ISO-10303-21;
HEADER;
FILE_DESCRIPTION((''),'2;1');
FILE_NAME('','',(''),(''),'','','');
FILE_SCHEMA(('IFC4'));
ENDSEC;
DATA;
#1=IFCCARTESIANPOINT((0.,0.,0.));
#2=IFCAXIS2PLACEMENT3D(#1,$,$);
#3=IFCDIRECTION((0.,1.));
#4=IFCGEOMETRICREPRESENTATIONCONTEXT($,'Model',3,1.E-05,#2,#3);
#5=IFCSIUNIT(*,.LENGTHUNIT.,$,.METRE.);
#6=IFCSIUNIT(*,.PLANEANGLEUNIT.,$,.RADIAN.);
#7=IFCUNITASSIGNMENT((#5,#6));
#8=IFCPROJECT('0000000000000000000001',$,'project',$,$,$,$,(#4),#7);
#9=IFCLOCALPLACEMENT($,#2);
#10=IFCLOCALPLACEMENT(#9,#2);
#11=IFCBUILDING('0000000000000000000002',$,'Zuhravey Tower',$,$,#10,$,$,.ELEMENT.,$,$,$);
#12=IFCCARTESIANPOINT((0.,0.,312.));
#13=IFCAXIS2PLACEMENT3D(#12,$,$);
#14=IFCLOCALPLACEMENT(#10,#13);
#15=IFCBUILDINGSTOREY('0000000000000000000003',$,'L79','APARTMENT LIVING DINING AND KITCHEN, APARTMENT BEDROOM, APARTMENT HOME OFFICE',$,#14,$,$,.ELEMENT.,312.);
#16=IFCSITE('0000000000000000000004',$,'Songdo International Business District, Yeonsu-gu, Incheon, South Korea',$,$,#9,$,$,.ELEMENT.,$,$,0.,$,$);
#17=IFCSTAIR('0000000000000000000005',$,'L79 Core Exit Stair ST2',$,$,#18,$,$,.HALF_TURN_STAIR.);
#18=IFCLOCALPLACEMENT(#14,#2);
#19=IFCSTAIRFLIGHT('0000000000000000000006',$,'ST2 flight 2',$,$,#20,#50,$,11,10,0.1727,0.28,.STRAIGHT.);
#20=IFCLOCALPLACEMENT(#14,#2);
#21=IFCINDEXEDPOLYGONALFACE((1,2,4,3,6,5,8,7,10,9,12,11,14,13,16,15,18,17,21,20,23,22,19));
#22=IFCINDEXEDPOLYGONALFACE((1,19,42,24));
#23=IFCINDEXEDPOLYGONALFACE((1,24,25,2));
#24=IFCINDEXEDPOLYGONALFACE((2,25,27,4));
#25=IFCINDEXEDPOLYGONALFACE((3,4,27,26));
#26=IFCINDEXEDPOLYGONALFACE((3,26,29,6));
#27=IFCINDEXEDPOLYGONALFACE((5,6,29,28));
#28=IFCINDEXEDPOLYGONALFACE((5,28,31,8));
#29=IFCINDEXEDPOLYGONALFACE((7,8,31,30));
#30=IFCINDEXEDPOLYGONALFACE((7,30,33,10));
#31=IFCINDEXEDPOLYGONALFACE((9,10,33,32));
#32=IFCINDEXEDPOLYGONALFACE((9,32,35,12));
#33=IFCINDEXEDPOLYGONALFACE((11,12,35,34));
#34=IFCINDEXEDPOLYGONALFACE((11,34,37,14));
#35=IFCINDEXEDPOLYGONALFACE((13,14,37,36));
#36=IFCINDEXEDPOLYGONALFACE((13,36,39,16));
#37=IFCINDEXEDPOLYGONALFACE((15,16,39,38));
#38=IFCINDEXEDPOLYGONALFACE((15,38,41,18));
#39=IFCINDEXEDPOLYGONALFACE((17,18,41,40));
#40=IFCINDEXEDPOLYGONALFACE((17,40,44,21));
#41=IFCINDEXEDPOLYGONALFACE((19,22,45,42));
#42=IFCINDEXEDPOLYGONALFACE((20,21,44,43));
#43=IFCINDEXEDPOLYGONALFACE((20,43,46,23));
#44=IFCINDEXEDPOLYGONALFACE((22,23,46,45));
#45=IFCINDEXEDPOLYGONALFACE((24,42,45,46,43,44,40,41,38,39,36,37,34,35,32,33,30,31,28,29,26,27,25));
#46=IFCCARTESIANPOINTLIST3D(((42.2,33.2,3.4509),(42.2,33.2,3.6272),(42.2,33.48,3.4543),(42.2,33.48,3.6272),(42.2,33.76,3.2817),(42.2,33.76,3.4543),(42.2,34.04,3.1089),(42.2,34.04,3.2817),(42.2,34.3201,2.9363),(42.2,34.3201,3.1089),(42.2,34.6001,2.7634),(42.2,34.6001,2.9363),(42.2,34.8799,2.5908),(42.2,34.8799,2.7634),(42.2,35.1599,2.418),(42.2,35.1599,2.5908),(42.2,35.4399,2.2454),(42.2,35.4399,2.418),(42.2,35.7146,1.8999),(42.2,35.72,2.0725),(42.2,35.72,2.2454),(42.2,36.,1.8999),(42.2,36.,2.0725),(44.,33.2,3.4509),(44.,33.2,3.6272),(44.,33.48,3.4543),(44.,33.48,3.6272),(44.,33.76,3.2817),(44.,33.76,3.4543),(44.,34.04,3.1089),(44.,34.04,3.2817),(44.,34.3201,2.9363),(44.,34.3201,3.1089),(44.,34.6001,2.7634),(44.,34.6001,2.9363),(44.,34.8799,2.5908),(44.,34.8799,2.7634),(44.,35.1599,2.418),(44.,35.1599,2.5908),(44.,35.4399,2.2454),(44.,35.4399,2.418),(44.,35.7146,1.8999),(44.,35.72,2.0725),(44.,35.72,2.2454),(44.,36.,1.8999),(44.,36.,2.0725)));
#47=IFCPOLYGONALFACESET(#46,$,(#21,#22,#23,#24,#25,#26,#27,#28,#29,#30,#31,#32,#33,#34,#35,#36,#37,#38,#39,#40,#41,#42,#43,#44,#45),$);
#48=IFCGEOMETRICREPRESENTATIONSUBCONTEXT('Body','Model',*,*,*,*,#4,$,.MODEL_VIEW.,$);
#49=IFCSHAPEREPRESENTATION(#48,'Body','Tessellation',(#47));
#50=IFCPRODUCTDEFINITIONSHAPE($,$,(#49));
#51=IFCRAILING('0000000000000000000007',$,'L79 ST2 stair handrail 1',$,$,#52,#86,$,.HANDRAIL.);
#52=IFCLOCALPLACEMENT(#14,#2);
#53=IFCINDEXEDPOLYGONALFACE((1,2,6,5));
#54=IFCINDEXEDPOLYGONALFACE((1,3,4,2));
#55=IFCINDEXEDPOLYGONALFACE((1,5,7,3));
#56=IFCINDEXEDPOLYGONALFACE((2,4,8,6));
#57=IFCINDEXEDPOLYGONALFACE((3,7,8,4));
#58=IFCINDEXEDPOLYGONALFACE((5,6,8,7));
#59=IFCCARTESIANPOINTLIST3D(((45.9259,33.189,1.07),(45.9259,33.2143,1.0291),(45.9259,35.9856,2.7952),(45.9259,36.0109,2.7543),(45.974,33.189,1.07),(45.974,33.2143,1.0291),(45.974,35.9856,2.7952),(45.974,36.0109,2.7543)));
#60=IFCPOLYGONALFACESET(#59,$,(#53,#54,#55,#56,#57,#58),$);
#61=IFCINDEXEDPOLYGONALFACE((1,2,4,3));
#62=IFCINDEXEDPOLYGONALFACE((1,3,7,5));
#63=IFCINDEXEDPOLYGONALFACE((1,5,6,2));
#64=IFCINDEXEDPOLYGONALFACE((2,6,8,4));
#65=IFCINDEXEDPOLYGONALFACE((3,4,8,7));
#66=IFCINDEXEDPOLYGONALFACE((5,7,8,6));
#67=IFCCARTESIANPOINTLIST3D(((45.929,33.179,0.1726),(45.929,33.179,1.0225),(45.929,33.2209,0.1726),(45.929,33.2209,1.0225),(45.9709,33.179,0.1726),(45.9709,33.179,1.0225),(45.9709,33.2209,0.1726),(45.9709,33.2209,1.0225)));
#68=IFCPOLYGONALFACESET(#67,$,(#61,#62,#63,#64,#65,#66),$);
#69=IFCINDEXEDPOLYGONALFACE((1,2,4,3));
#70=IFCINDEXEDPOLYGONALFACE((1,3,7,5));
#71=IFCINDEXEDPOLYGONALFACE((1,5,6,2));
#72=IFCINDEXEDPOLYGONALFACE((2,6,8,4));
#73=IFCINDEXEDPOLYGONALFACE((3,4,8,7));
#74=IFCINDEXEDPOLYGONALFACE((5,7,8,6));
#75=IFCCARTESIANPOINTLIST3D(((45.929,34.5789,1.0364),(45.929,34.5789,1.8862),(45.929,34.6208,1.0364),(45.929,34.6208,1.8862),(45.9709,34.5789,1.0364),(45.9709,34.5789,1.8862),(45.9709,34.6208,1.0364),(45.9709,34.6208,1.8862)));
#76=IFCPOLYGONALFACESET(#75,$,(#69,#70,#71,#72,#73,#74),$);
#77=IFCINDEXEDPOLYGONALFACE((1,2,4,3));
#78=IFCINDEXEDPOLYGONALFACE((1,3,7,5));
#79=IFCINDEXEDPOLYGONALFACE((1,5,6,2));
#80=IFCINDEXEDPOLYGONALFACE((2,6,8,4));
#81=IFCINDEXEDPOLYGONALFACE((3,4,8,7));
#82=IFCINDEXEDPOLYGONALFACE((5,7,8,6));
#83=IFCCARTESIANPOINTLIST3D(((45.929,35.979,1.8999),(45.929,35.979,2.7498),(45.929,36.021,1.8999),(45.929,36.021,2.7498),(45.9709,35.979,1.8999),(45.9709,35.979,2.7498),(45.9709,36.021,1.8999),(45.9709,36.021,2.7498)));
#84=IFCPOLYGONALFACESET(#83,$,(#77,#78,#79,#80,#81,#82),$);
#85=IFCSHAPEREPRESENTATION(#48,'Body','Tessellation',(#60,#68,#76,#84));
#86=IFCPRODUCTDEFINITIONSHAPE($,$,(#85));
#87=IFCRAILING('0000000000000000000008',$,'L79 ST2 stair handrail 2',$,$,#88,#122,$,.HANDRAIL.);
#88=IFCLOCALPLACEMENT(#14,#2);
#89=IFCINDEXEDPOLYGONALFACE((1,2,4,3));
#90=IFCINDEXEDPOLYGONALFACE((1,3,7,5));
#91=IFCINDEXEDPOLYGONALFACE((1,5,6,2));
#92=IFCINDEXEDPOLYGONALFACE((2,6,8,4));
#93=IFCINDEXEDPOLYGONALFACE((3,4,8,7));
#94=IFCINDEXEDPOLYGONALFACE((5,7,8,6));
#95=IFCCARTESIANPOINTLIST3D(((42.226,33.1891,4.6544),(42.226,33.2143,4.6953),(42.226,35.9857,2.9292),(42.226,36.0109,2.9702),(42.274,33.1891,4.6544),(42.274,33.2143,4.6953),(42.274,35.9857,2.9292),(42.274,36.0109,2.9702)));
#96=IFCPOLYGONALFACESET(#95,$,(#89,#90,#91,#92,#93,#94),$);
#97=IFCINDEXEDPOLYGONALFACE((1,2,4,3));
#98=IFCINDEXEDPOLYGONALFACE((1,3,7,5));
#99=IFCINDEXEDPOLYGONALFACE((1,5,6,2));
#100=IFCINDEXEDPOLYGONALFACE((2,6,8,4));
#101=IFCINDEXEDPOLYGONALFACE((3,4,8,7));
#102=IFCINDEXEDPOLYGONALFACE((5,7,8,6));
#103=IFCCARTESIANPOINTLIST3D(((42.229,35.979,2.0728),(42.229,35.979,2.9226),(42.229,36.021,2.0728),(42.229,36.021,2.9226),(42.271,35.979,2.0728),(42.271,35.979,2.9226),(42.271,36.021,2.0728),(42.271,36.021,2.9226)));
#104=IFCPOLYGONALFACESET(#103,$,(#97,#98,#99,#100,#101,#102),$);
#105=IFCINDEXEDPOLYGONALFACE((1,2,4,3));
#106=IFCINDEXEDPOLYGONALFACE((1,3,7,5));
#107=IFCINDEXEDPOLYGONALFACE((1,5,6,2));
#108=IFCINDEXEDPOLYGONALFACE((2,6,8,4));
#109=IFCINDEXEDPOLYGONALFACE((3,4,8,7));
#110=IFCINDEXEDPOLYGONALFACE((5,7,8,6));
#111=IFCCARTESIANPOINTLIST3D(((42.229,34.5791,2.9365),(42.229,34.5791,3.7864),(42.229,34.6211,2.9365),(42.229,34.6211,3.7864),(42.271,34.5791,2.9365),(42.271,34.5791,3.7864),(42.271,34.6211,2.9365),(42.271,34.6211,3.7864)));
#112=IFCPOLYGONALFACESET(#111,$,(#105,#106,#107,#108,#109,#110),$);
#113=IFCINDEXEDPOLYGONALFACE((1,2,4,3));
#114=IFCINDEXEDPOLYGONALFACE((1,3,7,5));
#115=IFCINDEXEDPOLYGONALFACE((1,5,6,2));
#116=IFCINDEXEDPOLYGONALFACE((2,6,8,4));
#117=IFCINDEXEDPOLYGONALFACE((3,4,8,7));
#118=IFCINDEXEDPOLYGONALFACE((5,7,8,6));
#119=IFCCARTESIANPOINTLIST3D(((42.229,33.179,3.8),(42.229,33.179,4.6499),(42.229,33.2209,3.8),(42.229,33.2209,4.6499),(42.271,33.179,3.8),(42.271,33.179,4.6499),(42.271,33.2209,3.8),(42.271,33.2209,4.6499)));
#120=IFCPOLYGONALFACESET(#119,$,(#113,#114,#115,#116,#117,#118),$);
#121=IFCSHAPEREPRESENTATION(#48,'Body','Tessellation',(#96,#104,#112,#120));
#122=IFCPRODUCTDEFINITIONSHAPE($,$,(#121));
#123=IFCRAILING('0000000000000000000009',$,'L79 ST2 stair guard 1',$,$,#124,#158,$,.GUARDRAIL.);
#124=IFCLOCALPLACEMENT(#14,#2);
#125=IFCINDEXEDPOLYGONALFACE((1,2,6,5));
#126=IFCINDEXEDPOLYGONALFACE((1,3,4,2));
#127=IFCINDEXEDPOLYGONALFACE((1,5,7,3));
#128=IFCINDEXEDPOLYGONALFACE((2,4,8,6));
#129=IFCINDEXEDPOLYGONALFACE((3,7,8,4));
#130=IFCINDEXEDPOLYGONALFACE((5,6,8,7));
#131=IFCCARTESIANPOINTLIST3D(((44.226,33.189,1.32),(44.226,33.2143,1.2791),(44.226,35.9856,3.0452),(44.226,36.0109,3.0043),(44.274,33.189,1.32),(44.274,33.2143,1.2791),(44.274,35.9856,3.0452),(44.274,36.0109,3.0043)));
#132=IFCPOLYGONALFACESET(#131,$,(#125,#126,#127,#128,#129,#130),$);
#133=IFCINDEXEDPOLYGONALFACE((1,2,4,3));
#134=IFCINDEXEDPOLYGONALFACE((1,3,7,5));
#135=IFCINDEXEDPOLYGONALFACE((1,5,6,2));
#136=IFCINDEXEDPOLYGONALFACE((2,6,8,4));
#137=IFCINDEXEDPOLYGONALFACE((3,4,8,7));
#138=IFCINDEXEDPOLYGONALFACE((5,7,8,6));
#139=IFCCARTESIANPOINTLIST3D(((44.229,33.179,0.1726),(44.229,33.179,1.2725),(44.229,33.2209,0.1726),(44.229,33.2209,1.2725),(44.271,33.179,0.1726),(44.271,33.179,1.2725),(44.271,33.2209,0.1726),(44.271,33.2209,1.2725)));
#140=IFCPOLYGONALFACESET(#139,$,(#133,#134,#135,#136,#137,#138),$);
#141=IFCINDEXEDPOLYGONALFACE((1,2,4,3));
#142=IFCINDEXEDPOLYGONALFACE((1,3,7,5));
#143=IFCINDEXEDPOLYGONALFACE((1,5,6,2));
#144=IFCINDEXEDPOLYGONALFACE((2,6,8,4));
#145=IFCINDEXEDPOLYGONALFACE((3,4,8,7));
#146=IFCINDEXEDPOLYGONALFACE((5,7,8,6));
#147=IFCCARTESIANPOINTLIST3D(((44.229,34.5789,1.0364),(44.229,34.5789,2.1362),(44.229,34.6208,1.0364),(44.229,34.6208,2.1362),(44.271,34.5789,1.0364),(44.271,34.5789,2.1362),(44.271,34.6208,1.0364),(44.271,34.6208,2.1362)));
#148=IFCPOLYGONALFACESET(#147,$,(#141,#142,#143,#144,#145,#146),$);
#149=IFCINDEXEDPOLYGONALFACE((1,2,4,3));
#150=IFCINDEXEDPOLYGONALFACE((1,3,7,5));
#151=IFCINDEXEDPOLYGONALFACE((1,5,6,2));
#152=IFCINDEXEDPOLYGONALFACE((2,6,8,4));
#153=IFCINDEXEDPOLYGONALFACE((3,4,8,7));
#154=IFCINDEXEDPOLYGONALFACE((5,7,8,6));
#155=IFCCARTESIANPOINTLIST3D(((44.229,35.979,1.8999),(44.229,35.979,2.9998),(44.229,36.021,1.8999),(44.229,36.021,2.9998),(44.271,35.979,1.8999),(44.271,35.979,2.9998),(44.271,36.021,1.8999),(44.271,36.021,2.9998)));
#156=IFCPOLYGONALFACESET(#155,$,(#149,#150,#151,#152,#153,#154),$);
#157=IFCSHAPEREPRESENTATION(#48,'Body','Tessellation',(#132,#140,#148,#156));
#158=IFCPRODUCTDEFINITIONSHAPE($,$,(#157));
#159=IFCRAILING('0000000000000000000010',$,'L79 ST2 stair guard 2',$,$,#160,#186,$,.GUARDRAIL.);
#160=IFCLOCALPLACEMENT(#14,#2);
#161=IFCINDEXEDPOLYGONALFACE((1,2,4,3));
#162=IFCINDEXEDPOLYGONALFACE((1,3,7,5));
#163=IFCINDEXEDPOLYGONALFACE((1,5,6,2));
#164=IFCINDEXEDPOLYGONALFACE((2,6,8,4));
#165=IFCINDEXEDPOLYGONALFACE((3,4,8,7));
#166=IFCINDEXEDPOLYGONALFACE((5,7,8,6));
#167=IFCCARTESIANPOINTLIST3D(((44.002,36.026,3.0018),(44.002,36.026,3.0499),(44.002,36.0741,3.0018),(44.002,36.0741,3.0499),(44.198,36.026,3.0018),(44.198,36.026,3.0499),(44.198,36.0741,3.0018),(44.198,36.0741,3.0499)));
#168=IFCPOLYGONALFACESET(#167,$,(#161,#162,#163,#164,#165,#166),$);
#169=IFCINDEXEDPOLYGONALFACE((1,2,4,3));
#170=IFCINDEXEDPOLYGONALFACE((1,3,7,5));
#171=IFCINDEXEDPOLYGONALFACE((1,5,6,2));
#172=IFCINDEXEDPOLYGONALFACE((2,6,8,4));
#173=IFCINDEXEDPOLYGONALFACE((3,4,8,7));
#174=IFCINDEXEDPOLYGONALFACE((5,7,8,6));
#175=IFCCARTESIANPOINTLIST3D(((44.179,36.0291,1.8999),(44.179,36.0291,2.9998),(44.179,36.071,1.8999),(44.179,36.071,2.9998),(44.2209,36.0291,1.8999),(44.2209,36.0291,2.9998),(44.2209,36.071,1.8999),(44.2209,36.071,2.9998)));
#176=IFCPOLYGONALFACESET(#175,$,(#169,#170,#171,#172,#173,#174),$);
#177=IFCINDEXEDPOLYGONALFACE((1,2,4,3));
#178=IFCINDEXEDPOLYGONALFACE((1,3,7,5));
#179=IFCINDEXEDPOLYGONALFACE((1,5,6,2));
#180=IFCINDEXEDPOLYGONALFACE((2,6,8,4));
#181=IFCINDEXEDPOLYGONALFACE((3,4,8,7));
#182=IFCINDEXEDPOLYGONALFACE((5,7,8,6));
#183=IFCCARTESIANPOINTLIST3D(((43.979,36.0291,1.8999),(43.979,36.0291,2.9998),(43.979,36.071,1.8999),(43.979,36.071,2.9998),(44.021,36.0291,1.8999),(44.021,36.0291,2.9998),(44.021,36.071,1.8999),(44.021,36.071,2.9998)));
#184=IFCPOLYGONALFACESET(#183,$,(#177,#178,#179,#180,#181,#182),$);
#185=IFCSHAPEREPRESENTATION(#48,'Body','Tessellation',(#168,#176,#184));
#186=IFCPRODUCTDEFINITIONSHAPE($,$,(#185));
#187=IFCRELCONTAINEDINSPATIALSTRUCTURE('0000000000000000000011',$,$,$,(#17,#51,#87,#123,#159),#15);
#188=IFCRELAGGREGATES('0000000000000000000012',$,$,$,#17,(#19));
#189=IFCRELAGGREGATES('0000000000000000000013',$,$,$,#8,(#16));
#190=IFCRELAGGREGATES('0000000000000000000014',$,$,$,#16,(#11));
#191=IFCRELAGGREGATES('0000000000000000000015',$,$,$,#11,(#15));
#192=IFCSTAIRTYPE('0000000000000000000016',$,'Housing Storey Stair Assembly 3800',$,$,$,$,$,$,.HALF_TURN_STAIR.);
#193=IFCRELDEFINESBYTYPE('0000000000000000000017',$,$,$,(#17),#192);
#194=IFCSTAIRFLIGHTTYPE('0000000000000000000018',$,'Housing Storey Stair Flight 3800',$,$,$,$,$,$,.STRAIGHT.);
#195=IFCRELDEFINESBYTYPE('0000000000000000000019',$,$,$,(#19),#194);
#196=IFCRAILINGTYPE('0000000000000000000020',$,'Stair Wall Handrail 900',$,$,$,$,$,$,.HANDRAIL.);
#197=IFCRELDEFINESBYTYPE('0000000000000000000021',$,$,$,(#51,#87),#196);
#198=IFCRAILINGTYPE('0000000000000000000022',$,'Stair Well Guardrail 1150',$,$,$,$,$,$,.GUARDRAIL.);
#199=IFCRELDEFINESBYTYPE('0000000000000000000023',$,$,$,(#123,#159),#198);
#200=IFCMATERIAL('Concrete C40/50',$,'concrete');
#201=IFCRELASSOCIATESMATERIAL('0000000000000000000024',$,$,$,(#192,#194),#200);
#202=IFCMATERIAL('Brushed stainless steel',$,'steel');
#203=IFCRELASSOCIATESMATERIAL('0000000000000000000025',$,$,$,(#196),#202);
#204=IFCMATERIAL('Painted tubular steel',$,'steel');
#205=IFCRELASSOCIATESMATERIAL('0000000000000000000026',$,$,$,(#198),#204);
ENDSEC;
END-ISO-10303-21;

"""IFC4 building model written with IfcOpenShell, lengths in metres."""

from ifc_helpers import new_model, si_unit, direction, frame, origin, origin_2d, place, context, subcontext, project, spatial, polyline, rectangle, outline, extrude, material, type_object, element, aggregate, save


model = new_model("IFC4")

# Units and contexts
model_context = context("Model", 3, precision=1e-05, world=origin(), true_north=direction((0.0, 1.0)))
body_context = subcontext(model_context, "Body", "Model", "MODEL_VIEW")
ifc_project = project(units=[si_unit("LENGTHUNIT", "METRE"), si_unit("PLANEANGLEUNIT", "RADIAN")], contexts=[model_context])

# Site, building, storey
site_placement = place(None, origin())
site = spatial("IfcSite", under=ifc_project, at=site_placement, Name="Songdo International Business District, Yeonsu-gu, Incheon, South Korea", CompositionType="ELEMENT", RefElevation=0.0)
building_placement = place(site_placement, origin())
building = spatial("IfcBuilding", under=site, at=building_placement, Name="Zuhravey Tower", CompositionType="ELEMENT")
storey_placement = place(building_placement, frame((0.0, 0.0, 312.0)))
storey = spatial("IfcBuildingStorey", under=building, at=storey_placement, Name="L79", Description="APARTMENT LIVING DINING AND KITCHEN, APARTMENT BEDROOM, APARTMENT HOME OFFICE", CompositionType="ELEMENT", Elevation=312.0)

# Shared definitions
ifc_material_1 = material(Name="Brushed stainless steel", Category="steel")

# Stair, stair flight
ifc_material_2 = material(Name="Concrete C40/50", Category="concrete")
stair_type = type_object("IfcStairType", Name="Housing Storey Stair Assembly 3800", PredefinedType="HALF_TURN_STAIR", material=ifc_material_2)
stair_placement = place(storey_placement, origin())
stair = element("IfcStair", 1, at=stair_placement, inside=storey, type_object=stair_type, Name="L79 Core Exit Stair ST2", PredefinedType="HALF_TURN_STAIR")
stair_flight_type = type_object("IfcStairFlightType", Name="Housing Storey Stair Flight 3800", PredefinedType="STRAIGHT", material=ifc_material_2)
stair_flight_1_placement = place(storey_placement, frame((43.1001, 36.0, 1.8999), z_axis=(0.0, 0.0, 1.0), x_axis=(0.0, -1.0, 0.0)))
stair_flight_1 = element("IfcStairFlight", 2, at=stair_flight_1_placement, type_object=stair_flight_type, Name="ST2 flight 2", NumberOfRisers=11, NumberOfTreads=10, PredefinedType="STRAIGHT", RiserHeight=0.1727, TreadLength=0.28, context=body_context, shape_type="SweptSolid", body=[
    extrude(outline(polyline([(0.0, 0.0), (0.0, 0.1726), (0.28, 0.1726), (0.28, 0.3455), (0.5601, 0.3455), (0.5601, 0.5181), (0.8401, 0.5181), (0.8401, 0.6909), (1.1201, 0.6909), (1.1201, 0.8635), (1.3999, 0.8635), (1.3999, 1.0364), (1.6799, 1.0364), (1.6799, 1.209), (1.96, 1.209), (1.96, 1.3818), (2.24, 1.3818), (2.24, 1.5544), (2.52, 1.5544), (2.52, 1.7273), (2.8, 1.7273), (2.8, 1.8999), (2.8, 1.551), (0.2854, 0.0), (0.0, 0.0)])), frame((0.0, 0.8999, 0.0), z_axis=(0.0, -1.0, 0.0), x_axis=(1.0, 0.0, 0.0)), (0.0, 0.0, 1.0), 1.8),
])
aggregate(stair, [stair_flight_1])

# Railings
railing_type_1 = type_object("IfcRailingType", Name="Stair Wall Handrail 900", PredefinedType="HANDRAIL", material=ifc_material_1)
railing_1_placement = place(storey_placement, frame((45.95, 33.2, 0.1726)))
element("IfcRailing", 3, at=railing_1_placement, inside=storey, type_object=railing_type_1, Name="L79 ST2 stair handrail 1", PredefinedType="HANDRAIL", context=body_context, shape_type="SweptSolid", body=[
    extrude(rectangle(XDim=0.0481, YDim=0.0481, at=origin_2d()), frame((0.0, 0.0017, 0.877), z_axis=(0.0, 0.85109, 0.52502), x_axis=(-1.0, 0.0, 0.0)), (0.0, 0.0, 1.0), 3.2859),
    extrude(rectangle(XDim=0.042, YDim=0.042, at=origin_2d()), origin(), (0.0, 0.0, 1.0), 0.8499),
    extrude(rectangle(XDim=0.042, YDim=0.042, at=origin_2d()), frame((0.0, 1.3999, 0.8638)), (0.0, 0.0, 1.0), 0.8499),
    extrude(rectangle(XDim=0.042, YDim=0.042, at=origin_2d()), frame((0.0, 2.8, 1.7273)), (0.0, 0.0, 1.0), 0.8499),
])
railing_2_placement = place(storey_placement, frame((42.25, 36.0, 2.0728)))
element("IfcRailing", 4, at=railing_2_placement, inside=storey, type_object=railing_type_1, Name="L79 ST2 stair handrail 2", PredefinedType="HANDRAIL", context=body_context, shape_type="SweptSolid", body=[
    extrude(rectangle(XDim=0.0481, YDim=0.0481, at=origin_2d()), frame((0.0, -0.0017, 0.877), z_axis=(0.0, -0.85109, 0.52502), x_axis=(1.0, 0.0, 0.0)), (0.0, 0.0, 1.0), 3.2859),
    extrude(rectangle(XDim=0.042, YDim=0.042, at=origin_2d()), origin(), (0.0, 0.0, 1.0), 0.8499),
    extrude(rectangle(XDim=0.042, YDim=0.042, at=origin_2d()), frame((0.0, -1.3999, 0.8638)), (0.0, 0.0, 1.0), 0.8499),
    extrude(rectangle(XDim=0.042, YDim=0.042, at=origin_2d()), frame((0.0, -2.8, 1.7273)), (0.0, 0.0, 1.0), 0.8499),
])
ifc_material_3 = material(Name="Painted tubular steel", Category="steel")
railing_type_2 = type_object("IfcRailingType", Name="Stair Well Guardrail 1150", PredefinedType="GUARDRAIL", material=ifc_material_3)
railing_3_placement = place(storey_placement, frame((44.25, 33.2, 0.1726)))
element("IfcRailing", 5, at=railing_3_placement, inside=storey, type_object=railing_type_2, Name="L79 ST2 stair guard 1", PredefinedType="GUARDRAIL", context=body_context, shape_type="SweptSolid", body=[
    extrude(rectangle(XDim=0.0481, YDim=0.0481, at=origin_2d()), frame((0.0, 0.0017, 1.127), z_axis=(0.0, 0.85109, 0.52502), x_axis=(-1.0, 0.0, 0.0)), (0.0, 0.0, 1.0), 3.2859),
    extrude(rectangle(XDim=0.042, YDim=0.042, at=origin_2d()), origin(), (0.0, 0.0, 1.0), 1.0999),
    extrude(rectangle(XDim=0.042, YDim=0.042, at=origin_2d()), frame((0.0, 1.3999, 0.8638)), (0.0, 0.0, 1.0), 1.0999),
    extrude(rectangle(XDim=0.042, YDim=0.042, at=origin_2d()), frame((0.0, 2.8, 1.7273)), (0.0, 0.0, 1.0), 1.0999),
])
railing_4_placement = place(storey_placement, frame((44.2, 36.05, 1.8999)))
element("IfcRailing", 6, at=railing_4_placement, inside=storey, type_object=railing_type_2, Name="L79 ST2 stair guard 2", PredefinedType="GUARDRAIL", context=body_context, shape_type="SweptSolid", body=[
    extrude(rectangle(XDim=0.0481, YDim=0.0481, at=origin_2d()), frame((-0.002, 0.0, 1.126), z_axis=(-1.0, 0.0, 0.0), x_axis=(0.0, -1.0, 0.0)), (0.0, 0.0, 1.0), 0.196),
    extrude(rectangle(XDim=0.042, YDim=0.042, at=origin_2d()), origin(), (0.0, 0.0, 1.0), 1.0999),
    extrude(rectangle(XDim=0.042, YDim=0.042, at=origin_2d()), frame((-0.2, 0.0, 0.0)), (0.0, 0.0, 1.0), 1.0999),
])

save(model, "model.ifc")
